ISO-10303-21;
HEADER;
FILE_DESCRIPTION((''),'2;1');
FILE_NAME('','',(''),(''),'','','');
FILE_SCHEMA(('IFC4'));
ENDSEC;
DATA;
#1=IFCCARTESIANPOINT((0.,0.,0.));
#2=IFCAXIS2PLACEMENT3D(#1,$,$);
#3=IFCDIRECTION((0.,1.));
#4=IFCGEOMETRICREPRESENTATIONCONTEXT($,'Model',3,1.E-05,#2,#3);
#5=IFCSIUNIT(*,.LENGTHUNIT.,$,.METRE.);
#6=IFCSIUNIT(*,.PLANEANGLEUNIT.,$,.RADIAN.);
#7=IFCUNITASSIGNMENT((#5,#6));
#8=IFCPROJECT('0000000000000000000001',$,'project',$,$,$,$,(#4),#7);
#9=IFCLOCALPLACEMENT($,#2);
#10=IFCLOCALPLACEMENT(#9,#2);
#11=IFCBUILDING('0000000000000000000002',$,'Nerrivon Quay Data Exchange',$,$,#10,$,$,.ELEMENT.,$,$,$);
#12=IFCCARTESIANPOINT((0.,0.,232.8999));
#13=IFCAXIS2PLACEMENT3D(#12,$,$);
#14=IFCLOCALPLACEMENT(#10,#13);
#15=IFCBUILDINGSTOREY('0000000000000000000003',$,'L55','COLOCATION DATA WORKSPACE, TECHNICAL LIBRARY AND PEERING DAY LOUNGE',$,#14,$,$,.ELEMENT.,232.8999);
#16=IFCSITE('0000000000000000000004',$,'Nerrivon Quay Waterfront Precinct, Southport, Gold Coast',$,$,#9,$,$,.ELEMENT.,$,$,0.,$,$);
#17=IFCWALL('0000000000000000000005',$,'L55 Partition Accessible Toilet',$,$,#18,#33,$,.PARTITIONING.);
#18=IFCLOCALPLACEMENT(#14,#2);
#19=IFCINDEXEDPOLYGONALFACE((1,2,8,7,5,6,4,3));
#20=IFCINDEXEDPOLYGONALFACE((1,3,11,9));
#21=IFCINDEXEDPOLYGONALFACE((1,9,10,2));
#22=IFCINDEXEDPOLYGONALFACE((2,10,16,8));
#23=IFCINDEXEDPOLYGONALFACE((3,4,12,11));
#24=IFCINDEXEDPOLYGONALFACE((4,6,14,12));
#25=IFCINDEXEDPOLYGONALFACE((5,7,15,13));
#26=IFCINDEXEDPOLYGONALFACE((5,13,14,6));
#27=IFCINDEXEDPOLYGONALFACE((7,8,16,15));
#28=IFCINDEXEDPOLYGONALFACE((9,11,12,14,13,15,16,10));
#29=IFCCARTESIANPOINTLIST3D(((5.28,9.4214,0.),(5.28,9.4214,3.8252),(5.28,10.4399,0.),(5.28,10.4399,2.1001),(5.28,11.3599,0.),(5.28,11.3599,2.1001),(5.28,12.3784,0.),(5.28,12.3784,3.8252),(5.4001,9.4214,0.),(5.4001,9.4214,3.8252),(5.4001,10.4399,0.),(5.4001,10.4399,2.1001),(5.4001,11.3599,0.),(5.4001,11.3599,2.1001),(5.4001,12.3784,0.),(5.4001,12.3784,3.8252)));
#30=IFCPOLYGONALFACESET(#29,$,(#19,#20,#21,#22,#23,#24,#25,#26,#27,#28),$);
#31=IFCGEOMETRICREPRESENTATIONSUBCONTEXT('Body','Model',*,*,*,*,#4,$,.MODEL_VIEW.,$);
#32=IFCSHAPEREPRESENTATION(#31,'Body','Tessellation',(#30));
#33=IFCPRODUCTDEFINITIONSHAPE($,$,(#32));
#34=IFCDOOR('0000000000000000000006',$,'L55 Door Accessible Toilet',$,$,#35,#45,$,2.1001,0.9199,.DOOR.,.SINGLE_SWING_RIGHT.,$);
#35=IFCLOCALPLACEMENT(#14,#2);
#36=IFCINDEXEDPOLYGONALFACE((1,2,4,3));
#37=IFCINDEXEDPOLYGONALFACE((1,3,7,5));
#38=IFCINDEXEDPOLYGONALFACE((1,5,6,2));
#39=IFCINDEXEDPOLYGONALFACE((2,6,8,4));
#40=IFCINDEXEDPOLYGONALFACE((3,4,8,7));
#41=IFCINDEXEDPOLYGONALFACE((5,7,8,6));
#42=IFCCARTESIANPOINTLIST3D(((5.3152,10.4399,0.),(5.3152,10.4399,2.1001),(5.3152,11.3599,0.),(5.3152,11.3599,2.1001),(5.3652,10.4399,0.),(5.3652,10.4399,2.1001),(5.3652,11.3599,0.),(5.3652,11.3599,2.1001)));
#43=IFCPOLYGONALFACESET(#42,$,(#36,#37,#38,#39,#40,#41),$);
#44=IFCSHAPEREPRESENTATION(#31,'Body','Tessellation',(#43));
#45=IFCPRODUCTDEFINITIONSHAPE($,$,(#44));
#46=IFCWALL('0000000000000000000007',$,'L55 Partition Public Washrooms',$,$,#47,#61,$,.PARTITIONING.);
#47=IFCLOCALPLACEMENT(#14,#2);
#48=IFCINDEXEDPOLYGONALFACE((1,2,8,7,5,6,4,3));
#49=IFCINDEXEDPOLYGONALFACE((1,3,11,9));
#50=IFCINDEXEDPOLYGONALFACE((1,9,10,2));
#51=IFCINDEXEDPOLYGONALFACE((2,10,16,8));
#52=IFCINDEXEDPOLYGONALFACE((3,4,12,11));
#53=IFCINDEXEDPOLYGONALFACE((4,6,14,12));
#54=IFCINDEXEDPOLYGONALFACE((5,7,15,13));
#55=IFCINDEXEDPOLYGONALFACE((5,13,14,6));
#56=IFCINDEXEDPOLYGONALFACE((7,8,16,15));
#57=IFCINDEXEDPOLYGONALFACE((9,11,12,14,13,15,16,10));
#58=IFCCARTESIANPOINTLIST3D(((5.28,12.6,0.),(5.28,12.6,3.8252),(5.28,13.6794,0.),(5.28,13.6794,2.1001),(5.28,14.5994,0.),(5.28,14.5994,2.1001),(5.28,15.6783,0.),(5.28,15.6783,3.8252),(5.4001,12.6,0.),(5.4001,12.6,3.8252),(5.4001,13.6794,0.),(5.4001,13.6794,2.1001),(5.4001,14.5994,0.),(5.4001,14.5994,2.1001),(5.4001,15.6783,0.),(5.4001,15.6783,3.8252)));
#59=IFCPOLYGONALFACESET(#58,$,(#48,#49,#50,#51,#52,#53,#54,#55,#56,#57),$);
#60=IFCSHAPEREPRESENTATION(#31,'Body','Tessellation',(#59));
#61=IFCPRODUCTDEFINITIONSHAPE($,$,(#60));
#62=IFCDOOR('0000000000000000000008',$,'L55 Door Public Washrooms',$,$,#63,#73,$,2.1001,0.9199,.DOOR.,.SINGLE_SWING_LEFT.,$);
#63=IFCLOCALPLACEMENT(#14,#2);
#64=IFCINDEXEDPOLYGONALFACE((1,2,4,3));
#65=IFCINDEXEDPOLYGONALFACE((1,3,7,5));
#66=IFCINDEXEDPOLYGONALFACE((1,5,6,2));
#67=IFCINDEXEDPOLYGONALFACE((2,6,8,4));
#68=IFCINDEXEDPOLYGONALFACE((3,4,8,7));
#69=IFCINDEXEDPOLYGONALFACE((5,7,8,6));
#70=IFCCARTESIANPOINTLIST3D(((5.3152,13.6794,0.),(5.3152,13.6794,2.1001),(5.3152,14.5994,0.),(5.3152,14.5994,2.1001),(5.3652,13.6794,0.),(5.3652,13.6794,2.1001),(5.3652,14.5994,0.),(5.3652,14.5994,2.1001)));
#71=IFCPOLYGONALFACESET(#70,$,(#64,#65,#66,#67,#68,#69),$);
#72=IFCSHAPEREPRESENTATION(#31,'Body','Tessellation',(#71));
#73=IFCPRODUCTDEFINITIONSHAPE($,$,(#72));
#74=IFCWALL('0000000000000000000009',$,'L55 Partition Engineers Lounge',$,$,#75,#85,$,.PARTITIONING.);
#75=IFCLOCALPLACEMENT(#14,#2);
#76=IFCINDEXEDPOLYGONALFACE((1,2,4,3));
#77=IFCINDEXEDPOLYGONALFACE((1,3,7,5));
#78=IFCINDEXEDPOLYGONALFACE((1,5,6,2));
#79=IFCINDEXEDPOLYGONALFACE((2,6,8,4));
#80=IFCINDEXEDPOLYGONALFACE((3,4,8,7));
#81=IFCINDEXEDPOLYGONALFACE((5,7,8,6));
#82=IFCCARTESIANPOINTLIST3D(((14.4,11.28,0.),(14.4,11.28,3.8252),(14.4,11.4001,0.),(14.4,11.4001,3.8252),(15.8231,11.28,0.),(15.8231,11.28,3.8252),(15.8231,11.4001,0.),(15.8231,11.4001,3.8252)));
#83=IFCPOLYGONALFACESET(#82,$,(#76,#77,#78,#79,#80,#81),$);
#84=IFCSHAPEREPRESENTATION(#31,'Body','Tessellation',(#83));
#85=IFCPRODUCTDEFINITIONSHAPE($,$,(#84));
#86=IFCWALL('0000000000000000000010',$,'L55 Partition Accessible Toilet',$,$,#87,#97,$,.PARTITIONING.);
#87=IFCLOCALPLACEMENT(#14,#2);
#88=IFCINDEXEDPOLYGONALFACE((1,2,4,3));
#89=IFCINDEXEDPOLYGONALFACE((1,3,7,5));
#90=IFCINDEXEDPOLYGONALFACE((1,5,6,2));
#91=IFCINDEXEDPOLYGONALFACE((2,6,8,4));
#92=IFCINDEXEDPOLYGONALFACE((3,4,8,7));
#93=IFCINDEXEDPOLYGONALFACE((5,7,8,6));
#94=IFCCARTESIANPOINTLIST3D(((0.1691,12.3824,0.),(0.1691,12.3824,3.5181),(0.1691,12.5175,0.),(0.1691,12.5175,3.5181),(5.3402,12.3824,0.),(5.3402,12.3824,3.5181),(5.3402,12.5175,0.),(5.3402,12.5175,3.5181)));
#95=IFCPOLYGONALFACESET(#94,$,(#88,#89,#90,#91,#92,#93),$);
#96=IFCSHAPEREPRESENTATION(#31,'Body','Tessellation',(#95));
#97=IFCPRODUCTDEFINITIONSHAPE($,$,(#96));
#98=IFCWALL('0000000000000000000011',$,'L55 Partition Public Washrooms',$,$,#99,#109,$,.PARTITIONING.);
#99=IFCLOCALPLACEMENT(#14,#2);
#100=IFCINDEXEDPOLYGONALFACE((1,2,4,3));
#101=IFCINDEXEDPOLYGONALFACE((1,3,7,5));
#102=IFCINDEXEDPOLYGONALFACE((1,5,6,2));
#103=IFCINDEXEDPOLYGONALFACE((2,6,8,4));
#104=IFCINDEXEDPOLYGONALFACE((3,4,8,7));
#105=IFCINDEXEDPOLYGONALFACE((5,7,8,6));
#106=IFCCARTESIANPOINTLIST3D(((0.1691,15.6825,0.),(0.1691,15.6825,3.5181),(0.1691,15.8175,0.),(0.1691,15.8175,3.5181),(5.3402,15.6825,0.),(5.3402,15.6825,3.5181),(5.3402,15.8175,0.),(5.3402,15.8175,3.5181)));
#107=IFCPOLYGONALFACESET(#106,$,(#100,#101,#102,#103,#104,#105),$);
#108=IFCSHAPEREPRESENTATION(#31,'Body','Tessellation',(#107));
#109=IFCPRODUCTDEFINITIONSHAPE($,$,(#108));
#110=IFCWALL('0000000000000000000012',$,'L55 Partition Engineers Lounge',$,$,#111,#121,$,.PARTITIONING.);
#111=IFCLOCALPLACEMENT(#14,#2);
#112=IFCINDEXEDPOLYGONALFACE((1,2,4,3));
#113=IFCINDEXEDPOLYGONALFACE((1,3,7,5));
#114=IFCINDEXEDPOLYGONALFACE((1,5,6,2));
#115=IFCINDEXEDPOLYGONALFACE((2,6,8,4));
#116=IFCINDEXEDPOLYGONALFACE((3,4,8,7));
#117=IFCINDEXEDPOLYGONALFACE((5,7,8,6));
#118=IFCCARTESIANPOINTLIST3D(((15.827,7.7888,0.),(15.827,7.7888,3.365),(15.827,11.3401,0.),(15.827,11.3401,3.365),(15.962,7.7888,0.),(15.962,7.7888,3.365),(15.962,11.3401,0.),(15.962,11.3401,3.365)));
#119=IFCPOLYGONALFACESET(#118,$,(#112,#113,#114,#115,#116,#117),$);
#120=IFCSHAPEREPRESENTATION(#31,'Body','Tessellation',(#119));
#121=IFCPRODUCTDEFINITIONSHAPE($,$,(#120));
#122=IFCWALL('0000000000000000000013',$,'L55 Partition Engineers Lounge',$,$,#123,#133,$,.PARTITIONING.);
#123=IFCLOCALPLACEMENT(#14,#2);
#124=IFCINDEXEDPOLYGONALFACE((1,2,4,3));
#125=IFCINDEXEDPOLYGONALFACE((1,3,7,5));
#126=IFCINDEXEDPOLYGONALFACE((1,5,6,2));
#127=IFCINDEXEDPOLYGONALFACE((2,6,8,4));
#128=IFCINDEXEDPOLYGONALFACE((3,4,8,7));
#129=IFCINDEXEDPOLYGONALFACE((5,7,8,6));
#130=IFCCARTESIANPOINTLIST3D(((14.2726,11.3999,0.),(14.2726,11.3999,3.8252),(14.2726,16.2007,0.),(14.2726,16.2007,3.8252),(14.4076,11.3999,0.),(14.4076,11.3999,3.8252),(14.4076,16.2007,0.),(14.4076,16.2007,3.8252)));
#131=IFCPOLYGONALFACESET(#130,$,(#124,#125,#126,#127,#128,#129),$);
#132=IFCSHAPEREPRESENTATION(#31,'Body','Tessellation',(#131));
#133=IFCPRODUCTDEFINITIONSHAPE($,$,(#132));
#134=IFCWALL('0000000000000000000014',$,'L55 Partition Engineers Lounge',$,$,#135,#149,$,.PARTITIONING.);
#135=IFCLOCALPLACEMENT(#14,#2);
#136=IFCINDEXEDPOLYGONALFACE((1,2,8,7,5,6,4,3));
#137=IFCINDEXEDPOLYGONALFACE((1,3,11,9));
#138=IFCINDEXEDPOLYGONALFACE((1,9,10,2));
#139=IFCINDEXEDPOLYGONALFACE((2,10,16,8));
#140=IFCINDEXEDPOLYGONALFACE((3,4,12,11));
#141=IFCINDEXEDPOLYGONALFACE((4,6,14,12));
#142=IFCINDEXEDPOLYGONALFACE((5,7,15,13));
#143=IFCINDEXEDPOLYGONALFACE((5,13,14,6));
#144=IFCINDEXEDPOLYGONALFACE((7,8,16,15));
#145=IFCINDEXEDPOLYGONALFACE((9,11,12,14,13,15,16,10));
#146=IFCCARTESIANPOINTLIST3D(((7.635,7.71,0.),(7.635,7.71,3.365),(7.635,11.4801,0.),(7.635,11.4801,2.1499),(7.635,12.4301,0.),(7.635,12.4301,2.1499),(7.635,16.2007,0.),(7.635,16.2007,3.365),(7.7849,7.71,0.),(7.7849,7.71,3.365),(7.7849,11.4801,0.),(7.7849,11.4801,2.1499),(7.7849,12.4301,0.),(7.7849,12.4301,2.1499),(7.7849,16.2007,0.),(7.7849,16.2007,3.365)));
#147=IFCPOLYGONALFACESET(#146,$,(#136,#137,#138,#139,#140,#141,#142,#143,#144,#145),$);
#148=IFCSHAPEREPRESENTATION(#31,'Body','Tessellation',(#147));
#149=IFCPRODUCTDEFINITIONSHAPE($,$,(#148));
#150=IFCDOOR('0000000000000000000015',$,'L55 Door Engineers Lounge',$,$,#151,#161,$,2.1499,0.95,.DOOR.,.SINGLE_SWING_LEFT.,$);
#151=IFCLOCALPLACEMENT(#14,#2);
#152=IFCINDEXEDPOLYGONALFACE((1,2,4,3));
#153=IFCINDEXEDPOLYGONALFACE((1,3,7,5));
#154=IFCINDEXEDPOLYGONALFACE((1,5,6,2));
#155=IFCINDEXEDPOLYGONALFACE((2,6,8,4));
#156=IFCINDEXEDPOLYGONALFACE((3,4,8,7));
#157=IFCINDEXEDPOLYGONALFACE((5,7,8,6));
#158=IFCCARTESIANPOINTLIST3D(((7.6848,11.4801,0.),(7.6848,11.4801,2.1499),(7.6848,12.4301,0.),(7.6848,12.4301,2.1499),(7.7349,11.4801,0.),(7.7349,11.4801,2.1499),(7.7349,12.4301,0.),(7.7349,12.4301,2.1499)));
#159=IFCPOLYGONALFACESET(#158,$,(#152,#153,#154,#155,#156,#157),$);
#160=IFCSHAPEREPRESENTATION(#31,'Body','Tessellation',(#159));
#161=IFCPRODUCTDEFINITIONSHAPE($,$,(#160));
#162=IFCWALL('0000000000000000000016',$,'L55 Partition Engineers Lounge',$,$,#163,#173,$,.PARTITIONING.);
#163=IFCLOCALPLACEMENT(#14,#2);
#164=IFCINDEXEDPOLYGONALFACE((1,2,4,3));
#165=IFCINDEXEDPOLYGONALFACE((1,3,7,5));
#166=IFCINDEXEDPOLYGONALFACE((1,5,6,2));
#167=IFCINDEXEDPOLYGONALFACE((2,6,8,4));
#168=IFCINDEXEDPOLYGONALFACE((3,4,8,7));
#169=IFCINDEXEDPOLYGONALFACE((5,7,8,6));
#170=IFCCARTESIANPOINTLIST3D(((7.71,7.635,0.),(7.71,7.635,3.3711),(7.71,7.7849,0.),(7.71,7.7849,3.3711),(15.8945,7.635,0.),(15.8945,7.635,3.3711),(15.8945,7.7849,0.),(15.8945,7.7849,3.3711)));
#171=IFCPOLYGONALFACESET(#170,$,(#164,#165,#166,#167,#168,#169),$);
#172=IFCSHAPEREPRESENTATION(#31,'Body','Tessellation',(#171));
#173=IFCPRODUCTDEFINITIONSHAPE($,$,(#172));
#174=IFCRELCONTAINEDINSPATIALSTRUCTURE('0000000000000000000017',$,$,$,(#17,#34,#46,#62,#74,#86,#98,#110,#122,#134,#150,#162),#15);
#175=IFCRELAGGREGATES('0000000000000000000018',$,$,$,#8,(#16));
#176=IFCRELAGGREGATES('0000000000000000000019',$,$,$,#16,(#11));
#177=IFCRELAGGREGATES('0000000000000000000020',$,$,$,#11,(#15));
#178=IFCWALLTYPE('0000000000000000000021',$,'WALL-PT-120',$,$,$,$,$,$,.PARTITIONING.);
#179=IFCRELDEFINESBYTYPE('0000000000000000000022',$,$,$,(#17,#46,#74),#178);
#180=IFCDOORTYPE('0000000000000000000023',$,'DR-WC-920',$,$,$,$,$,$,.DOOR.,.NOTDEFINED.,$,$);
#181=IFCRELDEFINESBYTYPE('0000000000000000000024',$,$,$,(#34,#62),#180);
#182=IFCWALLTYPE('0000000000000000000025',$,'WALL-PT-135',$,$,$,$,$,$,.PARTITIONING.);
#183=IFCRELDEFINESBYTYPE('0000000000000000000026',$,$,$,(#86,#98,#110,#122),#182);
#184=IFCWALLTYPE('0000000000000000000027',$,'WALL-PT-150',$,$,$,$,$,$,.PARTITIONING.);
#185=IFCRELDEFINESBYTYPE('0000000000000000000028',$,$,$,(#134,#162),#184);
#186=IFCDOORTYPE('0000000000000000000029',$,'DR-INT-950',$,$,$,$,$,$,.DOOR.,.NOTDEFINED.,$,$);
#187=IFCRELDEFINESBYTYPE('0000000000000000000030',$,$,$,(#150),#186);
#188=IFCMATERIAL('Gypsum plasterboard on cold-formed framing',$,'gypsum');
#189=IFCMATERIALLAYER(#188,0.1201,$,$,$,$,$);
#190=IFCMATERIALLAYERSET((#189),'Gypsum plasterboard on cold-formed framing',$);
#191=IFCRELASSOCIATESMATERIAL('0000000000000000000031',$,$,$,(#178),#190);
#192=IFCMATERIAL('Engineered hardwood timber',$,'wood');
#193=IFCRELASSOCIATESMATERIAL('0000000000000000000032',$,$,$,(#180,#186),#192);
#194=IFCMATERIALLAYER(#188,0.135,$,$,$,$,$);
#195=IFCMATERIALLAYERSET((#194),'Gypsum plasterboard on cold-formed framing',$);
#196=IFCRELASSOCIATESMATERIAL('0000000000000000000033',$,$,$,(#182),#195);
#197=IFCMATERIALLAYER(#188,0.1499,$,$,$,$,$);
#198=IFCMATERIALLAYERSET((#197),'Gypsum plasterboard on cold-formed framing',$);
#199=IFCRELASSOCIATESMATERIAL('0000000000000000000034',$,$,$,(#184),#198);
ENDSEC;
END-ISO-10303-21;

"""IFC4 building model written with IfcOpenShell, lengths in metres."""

from ifc_helpers import new_model, si_unit, direction, frame, frame_2d, origin, place, context, subcontext, project, spatial, rectangle, extrude, material, layer, layer_set, type_object, element, fill, save


model = new_model("IFC4")

# Units and contexts
model_context = context("Model", 3, precision=1e-05, world=origin(), true_north=direction((0.0, 1.0)))
body_context = subcontext(model_context, "Body", "Model", "MODEL_VIEW")
ifc_project = project(units=[si_unit("LENGTHUNIT", "METRE"), si_unit("PLANEANGLEUNIT", "RADIAN")], contexts=[model_context])

# Site, building, storey
site_placement = place(None, origin())
site = spatial("IfcSite", under=ifc_project, at=site_placement, Name="Nerrivon Quay Waterfront Precinct, Southport, Gold Coast", CompositionType="ELEMENT", RefElevation=0.0)
building_placement = place(site_placement, origin())
building = spatial("IfcBuilding", under=site, at=building_placement, Name="Nerrivon Quay Data Exchange", CompositionType="ELEMENT")
storey_placement = place(building_placement, frame((0.0, 0.0, 232.8999)))
storey = spatial("IfcBuildingStorey", under=building, at=storey_placement, Name="L55", Description="COLOCATION DATA WORKSPACE, TECHNICAL LIBRARY AND PEERING DAY LOUNGE", CompositionType="ELEMENT", Elevation=232.8999)

# Shared definitions
ifc_material_1 = material(Name="Gypsum plasterboard on cold-formed framing", Category="gypsum")

# Walls, openings, doors
ifc_layer_1 = layer(ifc_material_1, 0.1201)
ifc_layer_set_1 = layer_set([ifc_layer_1], Name="Gypsum plasterboard on cold-formed framing")
wall_type_1 = type_object("IfcWallType", Name="WALL-PT-120", PredefinedType="PARTITIONING", material=ifc_layer_set_1)
wall_1_placement = place(storey_placement, frame((5.3401, 9.4214, 0.0), z_axis=(0.0, 0.0, 1.0), x_axis=(0.0, 1.0, 0.0)))
wall_1 = element("IfcWall", 1, at=wall_1_placement, inside=storey, type_object=wall_type_1, Name="L55 Partition Accessible Toilet", PredefinedType="PARTITIONING", context=body_context, shape_type="SweptSolid", body=[
    extrude(rectangle(XDim=2.957, YDim=0.1201, at=frame_2d((1.4785, 0.0))), origin(), (0.0, 0.0, 1.0), 3.8252),
])
opening_1_placement = place(wall_1_placement, frame((1.0186, 0.0, 0.0)))
opening_1 = element("IfcOpeningElement", 2, at=opening_1_placement, cuts=wall_1, PredefinedType="OPENING", context=body_context, shape_type="SweptSolid", body=[
    extrude(rectangle(XDim=0.9199, YDim=2.1001, at=frame_2d((0.46, 1.05))), frame((0.0, 0.0701, 0.0), z_axis=(0.0, -1.0, 0.0), x_axis=(1.0, 0.0, 0.0)), (0.0, 0.0, 1.0), 0.1401),
])
ifc_material_2 = material(Name="Engineered hardwood timber", Category="wood")
door_type_1 = type_object("IfcDoorType", Name="DR-WC-920", OperationType="NOTDEFINED", PredefinedType="DOOR", material=ifc_material_2)
door_1_placement = place(opening_1_placement, origin())
door_1 = element("IfcDoor", 3, at=door_1_placement, inside=storey, type_object=door_type_1, Name="L55 Door Accessible Toilet", OperationType="SINGLE_SWING_RIGHT", OverallHeight=2.1001, OverallWidth=0.9199, PredefinedType="DOOR", context=body_context, shape_type="SweptSolid", body=[
    extrude(rectangle(XDim=0.9199, YDim=2.1001, at=frame_2d((0.46, 1.05))), frame((0.0, 0.0249, 0.0), z_axis=(0.0, -1.0, 0.0), x_axis=(1.0, 0.0, 0.0)), (0.0, 0.0, 1.0), 0.05),
])
fill(opening_1, door_1)
wall_2_placement = place(storey_placement, frame((5.3401, 12.6001, 0.0), z_axis=(0.0, 0.0, 1.0), x_axis=(0.0, 1.0, 0.0)))
wall_2 = element("IfcWall", 4, at=wall_2_placement, inside=storey, type_object=wall_type_1, Name="L55 Partition Public Washrooms", PredefinedType="PARTITIONING", context=body_context, shape_type="SweptSolid", body=[
    extrude(rectangle(XDim=3.0784, YDim=0.1201, at=frame_2d((1.5391, 0.0))), origin(), (0.0, 0.0, 1.0), 3.8252),
])
opening_2_placement = place(wall_2_placement, frame((1.0793, 0.0, 0.0)))
opening_2 = element("IfcOpeningElement", 5, at=opening_2_placement, cuts=wall_2, PredefinedType="OPENING", context=body_context, shape_type="SweptSolid", body=[
    extrude(rectangle(XDim=0.9199, YDim=2.1001, at=frame_2d((0.46, 1.05))), frame((0.0, 0.0701, 0.0), z_axis=(0.0, -1.0, 0.0), x_axis=(1.0, 0.0, 0.0)), (0.0, 0.0, 1.0), 0.1401),
])
door_2_placement = place(opening_2_placement, origin())
door_2 = element("IfcDoor", 6, at=door_2_placement, inside=storey, type_object=door_type_1, Name="L55 Door Public Washrooms", OperationType="SINGLE_SWING_LEFT", OverallHeight=2.1001, OverallWidth=0.9199, PredefinedType="DOOR", context=body_context, shape_type="SweptSolid", body=[
    extrude(rectangle(XDim=0.9199, YDim=2.1001, at=frame_2d((0.46, 1.05))), frame((0.0, 0.0249, 0.0), z_axis=(0.0, -1.0, 0.0), x_axis=(1.0, 0.0, 0.0)), (0.0, 0.0, 1.0), 0.05),
])
fill(opening_2, door_2)

# Walls
wall_3_placement = place(storey_placement, frame((15.823, 11.3401, 0.0), z_axis=(0.0, 0.0, 1.0), x_axis=(-1.0, 0.0, 0.0)))
element("IfcWall", 7, at=wall_3_placement, inside=storey, type_object=wall_type_1, Name="L55 Partition Engineers Lounge", PredefinedType="PARTITIONING", context=body_context, shape_type="SweptSolid", body=[
    extrude(rectangle(XDim=1.4231, YDim=0.1201, at=frame_2d((0.7114, 0.0))), origin(), (0.0, 0.0, 1.0), 3.8252),
])
ifc_layer_2 = layer(ifc_material_1, 0.135)
ifc_layer_set_2 = layer_set([ifc_layer_2], Name="Gypsum plasterboard on cold-formed framing")
wall_type_2 = type_object("IfcWallType", Name="WALL-PT-135", PredefinedType="PARTITIONING", material=ifc_layer_set_2)
for number, where, z_axis, x_axis, name in (
    (8, (5.3401, 12.45, 0.0), (0.0, 0.0, 1.0), (-1.0, 0.0, 0.0), "L55 Partition Accessible Toilet"),
    (9, (5.3401, 15.75, 0.0), (0.0, 0.0, 1.0), (-1.0, 0.0, 0.0), "L55 Partition Public Washrooms"),
):
    element("IfcWall", number, at=place(storey_placement, frame(where, z_axis=z_axis, x_axis=x_axis)), inside=storey, type_object=wall_type_2, Name=name, PredefinedType="PARTITIONING", context=body_context, shape_type="SweptSolid", body=[
        extrude(rectangle(XDim=5.1711, YDim=0.135, at=frame_2d((2.5854, 0.0))), origin(), (0.0, 0.0, 1.0), 3.5181),
    ])
wall_4_placement = place(storey_placement, frame((15.8945, 7.7888, 0.0), z_axis=(0.0, 0.0, 1.0), x_axis=(0.0, 1.0, 0.0)))
element("IfcWall", 10, at=wall_4_placement, inside=storey, type_object=wall_type_2, Name="L55 Partition Engineers Lounge", PredefinedType="PARTITIONING", context=body_context, shape_type="SweptSolid", body=[
    extrude(rectangle(XDim=3.5513, YDim=0.135, at=frame_2d((1.7756, 0.0))), origin(), (0.0, 0.0, 1.0), 3.365),
])
wall_5_placement = place(storey_placement, frame((14.3401, 11.3999, 0.0), z_axis=(0.0, 0.0, 1.0), x_axis=(0.0, 1.0, 0.0)))
element("IfcWall", 11, at=wall_5_placement, inside=storey, type_object=wall_type_2, Name="L55 Partition Engineers Lounge", PredefinedType="PARTITIONING", context=body_context, shape_type="SweptSolid", body=[
    extrude(rectangle(XDim=4.8008, YDim=0.135, at=frame_2d((2.4004, 0.0))), origin(), (0.0, 0.0, 1.0), 3.8252),
])

# Wall, opening, door
ifc_layer_3 = layer(ifc_material_1, 0.1499)
ifc_layer_set_3 = layer_set([ifc_layer_3], Name="Gypsum plasterboard on cold-formed framing")
wall_type_3 = type_object("IfcWallType", Name="WALL-PT-150", PredefinedType="PARTITIONING", material=ifc_layer_set_3)
wall_6_placement = place(storey_placement, frame((7.71, 16.2007, 0.0), z_axis=(0.0, 0.0, 1.0), x_axis=(0.0, -1.0, 0.0)))
wall_6 = element("IfcWall", 12, at=wall_6_placement, inside=storey, type_object=wall_type_3, Name="L55 Partition Engineers Lounge", PredefinedType="PARTITIONING", context=body_context, shape_type="SweptSolid", body=[
    extrude(rectangle(XDim=8.4907, YDim=0.1499, at=frame_2d((4.2454, 0.0))), origin(), (0.0, 0.0, 1.0), 3.365),
])
opening_3_placement = place(wall_6_placement, frame((3.7705, 0.0, 0.0)))
opening_3 = element("IfcOpeningElement", 13, at=opening_3_placement, cuts=wall_6, PredefinedType="OPENING", context=body_context, shape_type="SweptSolid", body=[
    extrude(rectangle(XDim=0.95, YDim=2.1499, at=frame_2d((0.4751, 1.075))), frame((0.0, 0.085, 0.0), z_axis=(0.0, -1.0, 0.0), x_axis=(1.0, 0.0, 0.0)), (0.0, 0.0, 1.0), 0.1699),
])
door_type_2 = type_object("IfcDoorType", Name="DR-INT-950", OperationType="NOTDEFINED", PredefinedType="DOOR", material=ifc_material_2)
door_3_placement = place(opening_3_placement, origin())
door_3 = element("IfcDoor", 14, at=door_3_placement, inside=storey, type_object=door_type_2, Name="L55 Door Engineers Lounge", OperationType="SINGLE_SWING_LEFT", OverallHeight=2.1499, OverallWidth=0.95, PredefinedType="DOOR", context=body_context, shape_type="SweptSolid", body=[
    extrude(rectangle(XDim=0.95, YDim=2.1499, at=frame_2d((0.4751, 1.075))), frame((0.0, 0.0249, 0.0), z_axis=(0.0, -1.0, 0.0), x_axis=(1.0, 0.0, 0.0)), (0.0, 0.0, 1.0), 0.05),
])
fill(opening_3, door_3)

# Wall
wall_7_placement = place(storey_placement, frame((7.71, 7.71, 0.0), z_axis=(0.0, 0.0, 1.0), x_axis=(1.0, 0.0, 0.0)))
element("IfcWall", 15, at=wall_7_placement, inside=storey, type_object=wall_type_3, Name="L55 Partition Engineers Lounge", PredefinedType="PARTITIONING", context=body_context, shape_type="SweptSolid", body=[
    extrude(rectangle(XDim=8.1846, YDim=0.1499, at=frame_2d((4.0923, 0.0))), origin(), (0.0, 0.0, 1.0), 3.3711),
])

save(model, "model.ifc")
